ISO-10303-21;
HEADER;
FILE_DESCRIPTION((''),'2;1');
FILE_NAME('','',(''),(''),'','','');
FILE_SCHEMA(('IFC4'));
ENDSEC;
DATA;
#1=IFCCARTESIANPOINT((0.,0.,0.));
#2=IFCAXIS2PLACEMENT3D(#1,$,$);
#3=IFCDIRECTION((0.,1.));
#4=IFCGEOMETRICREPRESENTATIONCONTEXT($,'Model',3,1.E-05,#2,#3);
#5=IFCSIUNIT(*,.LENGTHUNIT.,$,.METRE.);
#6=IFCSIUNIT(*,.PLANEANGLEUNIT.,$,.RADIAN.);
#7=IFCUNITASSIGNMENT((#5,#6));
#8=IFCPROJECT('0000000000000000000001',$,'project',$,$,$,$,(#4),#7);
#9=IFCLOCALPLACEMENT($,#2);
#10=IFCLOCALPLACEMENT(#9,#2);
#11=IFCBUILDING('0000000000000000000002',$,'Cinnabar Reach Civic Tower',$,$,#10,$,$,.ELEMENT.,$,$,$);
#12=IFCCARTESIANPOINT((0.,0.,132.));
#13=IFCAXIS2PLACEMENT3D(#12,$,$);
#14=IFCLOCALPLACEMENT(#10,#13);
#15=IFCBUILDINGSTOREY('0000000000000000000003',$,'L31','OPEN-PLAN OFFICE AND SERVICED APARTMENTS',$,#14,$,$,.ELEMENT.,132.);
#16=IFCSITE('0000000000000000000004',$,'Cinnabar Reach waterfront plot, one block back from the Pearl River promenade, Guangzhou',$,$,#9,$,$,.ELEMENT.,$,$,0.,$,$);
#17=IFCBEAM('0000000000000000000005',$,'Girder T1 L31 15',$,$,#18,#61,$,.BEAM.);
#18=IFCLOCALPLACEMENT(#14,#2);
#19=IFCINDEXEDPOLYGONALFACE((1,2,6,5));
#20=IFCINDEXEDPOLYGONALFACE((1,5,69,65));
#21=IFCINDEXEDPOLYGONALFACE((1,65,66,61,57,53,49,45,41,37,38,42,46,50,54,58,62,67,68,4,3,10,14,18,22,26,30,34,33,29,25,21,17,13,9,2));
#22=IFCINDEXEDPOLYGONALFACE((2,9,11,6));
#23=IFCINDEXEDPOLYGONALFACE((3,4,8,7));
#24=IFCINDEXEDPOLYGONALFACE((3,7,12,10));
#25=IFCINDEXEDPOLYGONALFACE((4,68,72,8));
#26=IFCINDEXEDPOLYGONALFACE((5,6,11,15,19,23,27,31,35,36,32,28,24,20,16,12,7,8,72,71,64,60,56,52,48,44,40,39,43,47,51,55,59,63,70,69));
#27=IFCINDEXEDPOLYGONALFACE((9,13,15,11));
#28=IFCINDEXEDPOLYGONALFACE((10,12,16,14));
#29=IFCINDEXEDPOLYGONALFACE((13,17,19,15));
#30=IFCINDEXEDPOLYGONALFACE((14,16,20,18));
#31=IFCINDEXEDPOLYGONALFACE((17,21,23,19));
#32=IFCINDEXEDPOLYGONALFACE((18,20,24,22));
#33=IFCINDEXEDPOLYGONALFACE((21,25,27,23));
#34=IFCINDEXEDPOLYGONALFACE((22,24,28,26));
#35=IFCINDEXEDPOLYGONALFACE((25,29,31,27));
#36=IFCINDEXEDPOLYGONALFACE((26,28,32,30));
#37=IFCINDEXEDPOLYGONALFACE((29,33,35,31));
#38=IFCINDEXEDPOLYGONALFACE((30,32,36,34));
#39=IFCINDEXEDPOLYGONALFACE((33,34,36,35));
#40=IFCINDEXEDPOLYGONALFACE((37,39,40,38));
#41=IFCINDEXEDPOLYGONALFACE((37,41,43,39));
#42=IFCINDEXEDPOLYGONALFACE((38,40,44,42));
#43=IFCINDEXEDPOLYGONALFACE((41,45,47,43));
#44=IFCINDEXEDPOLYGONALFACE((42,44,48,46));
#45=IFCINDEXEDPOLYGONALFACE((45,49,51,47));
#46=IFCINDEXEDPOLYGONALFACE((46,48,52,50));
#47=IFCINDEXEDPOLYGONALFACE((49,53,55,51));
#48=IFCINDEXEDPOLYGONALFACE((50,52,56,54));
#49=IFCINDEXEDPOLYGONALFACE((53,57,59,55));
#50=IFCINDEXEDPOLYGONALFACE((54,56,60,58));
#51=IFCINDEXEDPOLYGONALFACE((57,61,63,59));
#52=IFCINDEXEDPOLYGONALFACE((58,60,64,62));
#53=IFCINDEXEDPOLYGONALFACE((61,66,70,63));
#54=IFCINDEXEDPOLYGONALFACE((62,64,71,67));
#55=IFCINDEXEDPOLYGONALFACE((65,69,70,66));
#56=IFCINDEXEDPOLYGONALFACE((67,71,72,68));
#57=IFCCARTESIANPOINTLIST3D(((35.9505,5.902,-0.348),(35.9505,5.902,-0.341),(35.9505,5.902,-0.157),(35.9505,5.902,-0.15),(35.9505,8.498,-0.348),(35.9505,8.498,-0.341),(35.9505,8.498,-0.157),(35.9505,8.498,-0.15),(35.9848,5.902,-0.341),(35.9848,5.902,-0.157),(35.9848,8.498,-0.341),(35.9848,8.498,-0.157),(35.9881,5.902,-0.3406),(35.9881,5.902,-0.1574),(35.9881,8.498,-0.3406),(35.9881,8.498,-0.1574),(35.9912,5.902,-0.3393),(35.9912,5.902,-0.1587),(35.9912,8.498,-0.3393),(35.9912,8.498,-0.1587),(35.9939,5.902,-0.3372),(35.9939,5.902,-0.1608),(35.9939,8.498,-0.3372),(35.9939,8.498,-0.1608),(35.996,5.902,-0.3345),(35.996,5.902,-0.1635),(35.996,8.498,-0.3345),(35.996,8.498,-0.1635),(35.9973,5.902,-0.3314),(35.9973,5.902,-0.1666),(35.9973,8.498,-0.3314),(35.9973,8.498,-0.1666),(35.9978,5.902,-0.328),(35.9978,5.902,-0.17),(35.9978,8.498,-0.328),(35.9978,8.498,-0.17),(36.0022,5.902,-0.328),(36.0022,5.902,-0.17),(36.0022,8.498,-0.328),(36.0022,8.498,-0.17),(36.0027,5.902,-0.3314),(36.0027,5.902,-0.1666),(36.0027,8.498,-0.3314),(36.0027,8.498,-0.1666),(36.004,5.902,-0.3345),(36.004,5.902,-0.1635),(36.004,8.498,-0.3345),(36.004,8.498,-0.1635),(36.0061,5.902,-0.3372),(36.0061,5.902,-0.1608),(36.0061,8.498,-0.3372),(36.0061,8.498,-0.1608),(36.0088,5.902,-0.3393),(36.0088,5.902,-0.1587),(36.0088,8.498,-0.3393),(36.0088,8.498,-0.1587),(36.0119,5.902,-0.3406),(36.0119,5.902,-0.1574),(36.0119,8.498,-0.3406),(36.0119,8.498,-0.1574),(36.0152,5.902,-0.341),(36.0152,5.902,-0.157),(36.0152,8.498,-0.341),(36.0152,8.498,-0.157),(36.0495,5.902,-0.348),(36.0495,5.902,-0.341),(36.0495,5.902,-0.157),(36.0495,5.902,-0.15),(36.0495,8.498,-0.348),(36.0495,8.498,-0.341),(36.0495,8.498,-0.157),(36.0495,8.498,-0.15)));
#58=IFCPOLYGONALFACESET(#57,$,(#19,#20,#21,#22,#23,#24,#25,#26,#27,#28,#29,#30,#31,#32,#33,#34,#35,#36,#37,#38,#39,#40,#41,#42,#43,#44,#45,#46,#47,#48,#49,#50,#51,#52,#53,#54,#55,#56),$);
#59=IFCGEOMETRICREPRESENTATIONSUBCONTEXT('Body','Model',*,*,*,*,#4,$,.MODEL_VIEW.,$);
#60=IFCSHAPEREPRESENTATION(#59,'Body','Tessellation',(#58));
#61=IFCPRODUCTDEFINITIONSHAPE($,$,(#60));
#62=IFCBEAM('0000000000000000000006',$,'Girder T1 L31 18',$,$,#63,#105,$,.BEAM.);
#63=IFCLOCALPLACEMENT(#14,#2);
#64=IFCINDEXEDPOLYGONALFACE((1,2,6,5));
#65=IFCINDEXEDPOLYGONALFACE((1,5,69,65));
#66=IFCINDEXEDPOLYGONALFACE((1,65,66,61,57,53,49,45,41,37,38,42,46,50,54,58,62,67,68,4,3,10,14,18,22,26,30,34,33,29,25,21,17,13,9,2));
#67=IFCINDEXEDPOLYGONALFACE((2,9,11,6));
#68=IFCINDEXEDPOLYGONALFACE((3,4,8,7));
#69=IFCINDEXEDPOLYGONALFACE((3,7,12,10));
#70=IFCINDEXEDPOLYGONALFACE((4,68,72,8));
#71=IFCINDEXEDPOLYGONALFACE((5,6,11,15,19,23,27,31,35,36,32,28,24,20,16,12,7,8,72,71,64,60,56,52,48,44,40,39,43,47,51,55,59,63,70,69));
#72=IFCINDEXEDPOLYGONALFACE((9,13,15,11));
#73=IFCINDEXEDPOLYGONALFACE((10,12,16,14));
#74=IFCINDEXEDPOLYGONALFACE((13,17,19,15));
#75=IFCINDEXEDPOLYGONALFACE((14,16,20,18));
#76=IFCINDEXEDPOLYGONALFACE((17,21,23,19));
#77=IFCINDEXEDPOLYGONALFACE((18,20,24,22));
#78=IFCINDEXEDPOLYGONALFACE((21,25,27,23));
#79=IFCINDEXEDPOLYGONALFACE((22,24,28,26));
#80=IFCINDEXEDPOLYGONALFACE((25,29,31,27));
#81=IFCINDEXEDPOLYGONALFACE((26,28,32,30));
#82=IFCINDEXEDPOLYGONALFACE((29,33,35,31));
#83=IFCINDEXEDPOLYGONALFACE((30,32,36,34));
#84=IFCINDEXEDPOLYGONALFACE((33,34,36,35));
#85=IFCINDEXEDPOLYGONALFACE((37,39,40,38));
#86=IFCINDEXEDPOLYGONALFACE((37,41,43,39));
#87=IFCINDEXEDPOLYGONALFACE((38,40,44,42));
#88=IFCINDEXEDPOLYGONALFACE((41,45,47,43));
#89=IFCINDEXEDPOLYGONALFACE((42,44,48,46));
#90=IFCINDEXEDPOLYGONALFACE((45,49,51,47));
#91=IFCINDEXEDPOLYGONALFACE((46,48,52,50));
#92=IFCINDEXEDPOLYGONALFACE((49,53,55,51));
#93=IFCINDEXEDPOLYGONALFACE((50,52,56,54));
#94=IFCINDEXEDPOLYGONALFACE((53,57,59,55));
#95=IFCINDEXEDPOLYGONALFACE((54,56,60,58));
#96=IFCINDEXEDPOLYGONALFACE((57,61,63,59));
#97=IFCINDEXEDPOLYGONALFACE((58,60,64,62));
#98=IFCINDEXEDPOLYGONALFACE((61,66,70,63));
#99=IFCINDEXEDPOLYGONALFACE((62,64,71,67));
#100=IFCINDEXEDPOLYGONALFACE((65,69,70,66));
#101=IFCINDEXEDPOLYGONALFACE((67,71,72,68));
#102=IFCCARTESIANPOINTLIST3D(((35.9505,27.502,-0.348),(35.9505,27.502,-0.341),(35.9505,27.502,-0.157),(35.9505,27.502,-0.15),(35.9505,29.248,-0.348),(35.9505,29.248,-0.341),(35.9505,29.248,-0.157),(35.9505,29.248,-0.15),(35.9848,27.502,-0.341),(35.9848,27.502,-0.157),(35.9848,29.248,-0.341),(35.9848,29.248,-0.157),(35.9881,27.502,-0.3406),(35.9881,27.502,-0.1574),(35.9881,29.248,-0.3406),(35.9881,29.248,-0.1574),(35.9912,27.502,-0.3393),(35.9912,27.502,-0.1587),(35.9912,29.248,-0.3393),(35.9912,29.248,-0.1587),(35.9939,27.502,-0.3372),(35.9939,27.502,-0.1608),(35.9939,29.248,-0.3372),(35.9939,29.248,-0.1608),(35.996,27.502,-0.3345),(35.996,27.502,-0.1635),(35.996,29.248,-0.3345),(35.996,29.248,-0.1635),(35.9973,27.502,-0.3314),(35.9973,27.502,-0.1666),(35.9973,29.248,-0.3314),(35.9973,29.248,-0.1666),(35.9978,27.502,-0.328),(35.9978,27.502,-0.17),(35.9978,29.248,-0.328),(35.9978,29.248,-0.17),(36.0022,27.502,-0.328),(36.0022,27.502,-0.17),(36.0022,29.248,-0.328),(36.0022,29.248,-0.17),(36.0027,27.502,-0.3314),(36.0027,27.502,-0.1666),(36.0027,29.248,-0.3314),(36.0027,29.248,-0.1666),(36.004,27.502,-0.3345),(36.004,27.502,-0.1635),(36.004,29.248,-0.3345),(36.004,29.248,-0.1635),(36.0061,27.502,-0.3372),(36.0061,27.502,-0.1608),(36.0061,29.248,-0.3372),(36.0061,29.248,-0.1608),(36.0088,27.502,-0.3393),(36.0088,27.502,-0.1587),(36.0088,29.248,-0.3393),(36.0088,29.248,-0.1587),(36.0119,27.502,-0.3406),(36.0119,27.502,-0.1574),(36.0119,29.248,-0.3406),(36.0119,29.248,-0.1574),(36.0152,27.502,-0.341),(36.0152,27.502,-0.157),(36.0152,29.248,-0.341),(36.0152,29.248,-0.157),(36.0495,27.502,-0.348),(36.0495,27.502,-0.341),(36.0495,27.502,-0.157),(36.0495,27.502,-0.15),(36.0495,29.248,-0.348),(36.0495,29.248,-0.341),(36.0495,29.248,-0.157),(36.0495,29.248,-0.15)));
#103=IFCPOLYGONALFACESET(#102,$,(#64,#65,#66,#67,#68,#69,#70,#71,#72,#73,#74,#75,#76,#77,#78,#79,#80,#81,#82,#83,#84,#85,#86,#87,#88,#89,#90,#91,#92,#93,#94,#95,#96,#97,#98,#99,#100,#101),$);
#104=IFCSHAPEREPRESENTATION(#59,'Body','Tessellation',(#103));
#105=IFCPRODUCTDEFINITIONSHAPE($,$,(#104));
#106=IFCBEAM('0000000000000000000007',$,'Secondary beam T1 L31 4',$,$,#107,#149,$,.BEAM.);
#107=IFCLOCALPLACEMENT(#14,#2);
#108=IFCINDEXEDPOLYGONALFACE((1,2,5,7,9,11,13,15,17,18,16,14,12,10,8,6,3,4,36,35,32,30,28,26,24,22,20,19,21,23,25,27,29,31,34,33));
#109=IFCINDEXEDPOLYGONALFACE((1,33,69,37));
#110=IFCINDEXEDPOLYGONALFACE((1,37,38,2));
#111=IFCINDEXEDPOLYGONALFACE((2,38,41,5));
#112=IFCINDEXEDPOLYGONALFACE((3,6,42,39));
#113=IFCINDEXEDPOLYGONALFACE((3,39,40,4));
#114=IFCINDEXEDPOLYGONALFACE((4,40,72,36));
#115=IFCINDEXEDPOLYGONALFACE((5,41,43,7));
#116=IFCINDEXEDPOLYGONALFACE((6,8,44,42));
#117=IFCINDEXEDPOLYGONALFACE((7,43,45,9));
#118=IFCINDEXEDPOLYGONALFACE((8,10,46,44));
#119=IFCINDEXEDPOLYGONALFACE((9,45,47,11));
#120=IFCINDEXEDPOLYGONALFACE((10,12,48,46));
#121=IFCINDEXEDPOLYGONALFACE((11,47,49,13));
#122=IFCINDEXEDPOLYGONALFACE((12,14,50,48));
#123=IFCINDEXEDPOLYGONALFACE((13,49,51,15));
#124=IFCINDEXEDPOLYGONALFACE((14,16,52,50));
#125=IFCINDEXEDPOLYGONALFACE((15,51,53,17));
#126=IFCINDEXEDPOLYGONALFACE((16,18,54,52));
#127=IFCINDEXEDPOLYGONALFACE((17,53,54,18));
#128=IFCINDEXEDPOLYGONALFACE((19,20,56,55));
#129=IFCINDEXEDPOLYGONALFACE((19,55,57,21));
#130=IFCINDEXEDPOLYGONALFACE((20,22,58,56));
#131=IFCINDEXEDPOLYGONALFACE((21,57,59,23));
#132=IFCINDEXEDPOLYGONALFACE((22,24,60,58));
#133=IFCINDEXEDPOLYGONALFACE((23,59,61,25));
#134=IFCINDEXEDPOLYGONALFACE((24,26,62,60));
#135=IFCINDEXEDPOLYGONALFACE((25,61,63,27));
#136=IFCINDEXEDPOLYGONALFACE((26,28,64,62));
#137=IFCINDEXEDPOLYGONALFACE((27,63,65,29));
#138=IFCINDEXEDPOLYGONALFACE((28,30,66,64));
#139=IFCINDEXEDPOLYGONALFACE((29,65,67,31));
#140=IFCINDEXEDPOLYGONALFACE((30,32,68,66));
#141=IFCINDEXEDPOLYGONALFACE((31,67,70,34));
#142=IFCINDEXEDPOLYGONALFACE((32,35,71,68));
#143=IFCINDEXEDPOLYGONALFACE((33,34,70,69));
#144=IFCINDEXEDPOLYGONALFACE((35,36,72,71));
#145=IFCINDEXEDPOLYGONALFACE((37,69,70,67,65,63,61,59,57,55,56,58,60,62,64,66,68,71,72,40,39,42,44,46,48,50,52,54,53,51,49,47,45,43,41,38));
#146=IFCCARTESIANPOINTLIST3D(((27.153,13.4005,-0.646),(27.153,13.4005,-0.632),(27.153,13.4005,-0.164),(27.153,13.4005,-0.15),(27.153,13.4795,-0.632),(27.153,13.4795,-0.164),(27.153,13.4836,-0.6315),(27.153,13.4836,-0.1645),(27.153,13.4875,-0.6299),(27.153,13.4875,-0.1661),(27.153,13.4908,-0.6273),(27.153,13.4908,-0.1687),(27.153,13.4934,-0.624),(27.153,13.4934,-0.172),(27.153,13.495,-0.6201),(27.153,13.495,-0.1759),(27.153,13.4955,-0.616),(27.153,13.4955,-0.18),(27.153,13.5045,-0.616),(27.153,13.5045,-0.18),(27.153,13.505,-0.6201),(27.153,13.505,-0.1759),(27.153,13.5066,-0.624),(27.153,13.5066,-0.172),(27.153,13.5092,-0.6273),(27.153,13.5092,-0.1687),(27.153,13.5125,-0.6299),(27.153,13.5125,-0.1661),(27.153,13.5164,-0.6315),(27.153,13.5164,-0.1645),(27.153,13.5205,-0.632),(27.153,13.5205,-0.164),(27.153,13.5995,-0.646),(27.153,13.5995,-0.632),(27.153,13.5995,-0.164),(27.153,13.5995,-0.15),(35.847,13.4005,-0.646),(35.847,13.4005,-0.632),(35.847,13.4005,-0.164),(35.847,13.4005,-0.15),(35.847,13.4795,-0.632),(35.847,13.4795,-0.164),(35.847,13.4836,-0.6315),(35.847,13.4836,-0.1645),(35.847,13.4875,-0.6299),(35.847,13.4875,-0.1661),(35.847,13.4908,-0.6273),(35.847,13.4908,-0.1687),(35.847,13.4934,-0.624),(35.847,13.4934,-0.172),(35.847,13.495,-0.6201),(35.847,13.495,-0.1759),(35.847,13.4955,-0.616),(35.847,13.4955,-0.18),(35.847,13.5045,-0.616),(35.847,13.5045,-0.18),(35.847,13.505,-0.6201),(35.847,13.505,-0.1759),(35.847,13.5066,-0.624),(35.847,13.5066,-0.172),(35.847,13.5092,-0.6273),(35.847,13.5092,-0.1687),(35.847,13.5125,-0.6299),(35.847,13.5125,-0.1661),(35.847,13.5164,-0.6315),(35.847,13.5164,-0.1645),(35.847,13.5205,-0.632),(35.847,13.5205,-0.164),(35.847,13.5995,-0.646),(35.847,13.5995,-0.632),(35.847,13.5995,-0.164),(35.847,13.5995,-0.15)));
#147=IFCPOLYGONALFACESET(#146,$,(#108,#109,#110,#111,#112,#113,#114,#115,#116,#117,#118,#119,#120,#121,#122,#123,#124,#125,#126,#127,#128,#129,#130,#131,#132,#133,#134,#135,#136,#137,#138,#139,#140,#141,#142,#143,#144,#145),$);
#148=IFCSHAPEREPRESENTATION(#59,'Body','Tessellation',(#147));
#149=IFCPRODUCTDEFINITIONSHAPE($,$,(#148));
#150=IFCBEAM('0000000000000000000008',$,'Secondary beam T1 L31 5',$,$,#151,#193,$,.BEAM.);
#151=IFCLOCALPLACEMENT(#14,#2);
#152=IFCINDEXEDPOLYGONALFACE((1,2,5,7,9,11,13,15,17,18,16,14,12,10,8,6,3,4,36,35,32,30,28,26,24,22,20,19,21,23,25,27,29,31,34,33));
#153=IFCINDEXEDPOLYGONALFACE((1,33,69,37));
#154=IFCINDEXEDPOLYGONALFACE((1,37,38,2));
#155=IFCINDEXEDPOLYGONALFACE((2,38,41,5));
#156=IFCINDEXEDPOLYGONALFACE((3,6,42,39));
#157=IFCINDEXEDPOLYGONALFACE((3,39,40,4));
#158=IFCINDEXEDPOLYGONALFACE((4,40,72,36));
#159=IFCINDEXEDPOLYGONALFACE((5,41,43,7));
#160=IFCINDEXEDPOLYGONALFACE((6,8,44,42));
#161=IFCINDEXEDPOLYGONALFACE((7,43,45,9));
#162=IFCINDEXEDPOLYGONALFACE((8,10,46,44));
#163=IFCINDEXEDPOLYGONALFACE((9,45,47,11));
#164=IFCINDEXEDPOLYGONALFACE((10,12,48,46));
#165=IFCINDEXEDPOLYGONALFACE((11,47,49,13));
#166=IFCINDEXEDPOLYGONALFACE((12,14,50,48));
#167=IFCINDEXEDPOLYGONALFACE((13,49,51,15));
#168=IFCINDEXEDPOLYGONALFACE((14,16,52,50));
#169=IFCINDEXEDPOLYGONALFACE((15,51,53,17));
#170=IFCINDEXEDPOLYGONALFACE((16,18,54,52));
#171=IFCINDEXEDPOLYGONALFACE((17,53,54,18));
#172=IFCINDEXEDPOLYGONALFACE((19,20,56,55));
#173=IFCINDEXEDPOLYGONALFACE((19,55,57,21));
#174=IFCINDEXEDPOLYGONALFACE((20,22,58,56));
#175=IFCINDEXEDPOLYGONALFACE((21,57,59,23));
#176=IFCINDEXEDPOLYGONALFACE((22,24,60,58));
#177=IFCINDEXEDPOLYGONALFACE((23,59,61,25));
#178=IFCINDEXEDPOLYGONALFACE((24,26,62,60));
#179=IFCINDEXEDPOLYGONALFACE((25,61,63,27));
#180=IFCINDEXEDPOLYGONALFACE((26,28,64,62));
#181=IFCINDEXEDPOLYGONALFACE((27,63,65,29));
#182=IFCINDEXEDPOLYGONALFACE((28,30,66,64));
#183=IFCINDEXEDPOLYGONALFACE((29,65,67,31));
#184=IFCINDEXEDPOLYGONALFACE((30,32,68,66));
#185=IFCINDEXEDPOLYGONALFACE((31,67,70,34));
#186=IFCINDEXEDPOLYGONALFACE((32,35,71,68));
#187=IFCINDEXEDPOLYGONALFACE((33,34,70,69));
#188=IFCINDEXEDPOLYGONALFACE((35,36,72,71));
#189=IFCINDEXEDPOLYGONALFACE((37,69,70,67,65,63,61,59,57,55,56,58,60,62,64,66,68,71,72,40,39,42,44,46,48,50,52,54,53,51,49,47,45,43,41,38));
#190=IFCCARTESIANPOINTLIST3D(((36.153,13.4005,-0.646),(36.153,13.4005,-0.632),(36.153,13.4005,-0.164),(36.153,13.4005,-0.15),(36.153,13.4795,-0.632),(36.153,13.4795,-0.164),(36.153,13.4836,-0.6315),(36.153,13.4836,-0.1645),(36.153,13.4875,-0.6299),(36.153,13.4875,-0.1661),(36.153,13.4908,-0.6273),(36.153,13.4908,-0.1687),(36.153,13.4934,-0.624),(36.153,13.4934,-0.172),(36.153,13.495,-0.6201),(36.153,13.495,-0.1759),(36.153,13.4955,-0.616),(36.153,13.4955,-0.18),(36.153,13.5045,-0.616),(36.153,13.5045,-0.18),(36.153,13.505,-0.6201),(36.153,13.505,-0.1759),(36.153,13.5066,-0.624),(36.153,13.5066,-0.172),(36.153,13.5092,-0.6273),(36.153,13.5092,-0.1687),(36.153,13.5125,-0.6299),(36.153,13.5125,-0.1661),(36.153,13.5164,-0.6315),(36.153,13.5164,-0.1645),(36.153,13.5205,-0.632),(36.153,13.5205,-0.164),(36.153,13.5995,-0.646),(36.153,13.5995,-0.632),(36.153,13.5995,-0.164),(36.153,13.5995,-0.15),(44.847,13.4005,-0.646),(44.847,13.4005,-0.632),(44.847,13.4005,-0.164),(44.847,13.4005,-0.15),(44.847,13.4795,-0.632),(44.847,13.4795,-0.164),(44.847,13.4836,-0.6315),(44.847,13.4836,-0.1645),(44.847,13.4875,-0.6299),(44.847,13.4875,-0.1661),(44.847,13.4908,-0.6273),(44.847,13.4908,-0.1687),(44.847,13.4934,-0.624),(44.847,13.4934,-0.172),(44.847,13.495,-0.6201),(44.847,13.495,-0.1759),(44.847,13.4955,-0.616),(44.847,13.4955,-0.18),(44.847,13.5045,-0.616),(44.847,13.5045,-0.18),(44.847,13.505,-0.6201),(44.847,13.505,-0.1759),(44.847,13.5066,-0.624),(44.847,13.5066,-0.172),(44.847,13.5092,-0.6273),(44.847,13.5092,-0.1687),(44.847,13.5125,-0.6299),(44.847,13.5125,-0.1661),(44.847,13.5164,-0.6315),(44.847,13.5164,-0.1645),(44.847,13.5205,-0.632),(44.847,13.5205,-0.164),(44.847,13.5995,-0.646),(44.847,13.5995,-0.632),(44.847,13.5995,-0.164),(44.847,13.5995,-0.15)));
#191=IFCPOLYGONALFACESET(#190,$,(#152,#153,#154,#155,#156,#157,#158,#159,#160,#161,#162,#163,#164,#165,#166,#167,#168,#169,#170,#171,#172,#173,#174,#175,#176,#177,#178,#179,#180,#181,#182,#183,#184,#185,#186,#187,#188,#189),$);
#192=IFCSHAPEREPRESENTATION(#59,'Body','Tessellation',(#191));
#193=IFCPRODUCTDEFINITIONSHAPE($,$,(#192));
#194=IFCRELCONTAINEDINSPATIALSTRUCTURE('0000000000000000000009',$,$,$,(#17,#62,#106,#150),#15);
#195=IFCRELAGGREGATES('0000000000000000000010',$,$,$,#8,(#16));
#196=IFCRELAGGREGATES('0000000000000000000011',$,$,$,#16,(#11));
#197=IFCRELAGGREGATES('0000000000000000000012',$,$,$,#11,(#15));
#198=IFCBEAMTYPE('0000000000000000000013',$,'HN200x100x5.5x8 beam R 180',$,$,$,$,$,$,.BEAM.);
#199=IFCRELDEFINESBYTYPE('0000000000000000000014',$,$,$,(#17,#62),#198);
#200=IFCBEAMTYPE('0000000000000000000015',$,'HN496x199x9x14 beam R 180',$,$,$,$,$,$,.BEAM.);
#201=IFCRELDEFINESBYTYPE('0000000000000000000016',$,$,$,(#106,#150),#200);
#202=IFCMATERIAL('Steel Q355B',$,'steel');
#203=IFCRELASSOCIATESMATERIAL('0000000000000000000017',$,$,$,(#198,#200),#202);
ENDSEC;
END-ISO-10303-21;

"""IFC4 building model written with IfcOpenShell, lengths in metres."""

from ifc_helpers import new_model, si_unit, direction, frame, origin, origin_2d, place, context, subcontext, project, spatial, i_section, extrude, material, material_profile, profile_set, type_object, element, save


model = new_model("IFC4")

# Units and contexts
model_context = context("Model", 3, precision=1e-05, world=origin(), true_north=direction((0.0, 1.0)))
body_context = subcontext(model_context, "Body", "Model", "MODEL_VIEW")
ifc_project = project(units=[si_unit("LENGTHUNIT", "METRE"), si_unit("PLANEANGLEUNIT", "RADIAN")], contexts=[model_context])

# Site, building, storey
site_placement = place(None, origin())
site = spatial("IfcSite", under=ifc_project, at=site_placement, Name="Cinnabar Reach waterfront plot, one block back from the Pearl River promenade, Guangzhou", CompositionType="ELEMENT", RefElevation=0.0)
building_placement = place(site_placement, origin())
building = spatial("IfcBuilding", under=site, at=building_placement, Name="Cinnabar Reach Civic Tower", CompositionType="ELEMENT")
storey_placement = place(building_placement, frame((0.0, 0.0, 132.0)))
storey = spatial("IfcBuildingStorey", under=building, at=storey_placement, Name="L31", Description="OPEN-PLAN OFFICE AND SERVICED APARTMENTS", CompositionType="ELEMENT", Elevation=132.0)

# Beams
ifc_material_1 = material(Name="Steel Q355B", Category="steel")
ifc_material_profile_1 = material_profile(ifc_material_1, i_section(OverallWidth=0.099, OverallDepth=0.198, WebThickness=0.0045, FlangeThickness=0.007, FilletRadius=0.013, at=origin_2d()), Name="HN200x100x5.5x8")
ifc_profile_set_1 = profile_set([ifc_material_profile_1], Name="Steel Q355B")
beam_type_1 = type_object("IfcBeamType", Name="HN200x100x5.5x8 beam R 180", PredefinedType="BEAM", material=ifc_profile_set_1)
for number, where, z_axis, x_axis, name in (
    (1, (36.0, 5.902, -0.249), (0.0, 1.0, 0.0), (-1.0, 0.0, 0.0), "Girder T1 L31 15"),
):
    element("IfcBeam", number, at=place(storey_placement, frame(where, z_axis=z_axis, x_axis=x_axis)), inside=storey, type_object=beam_type_1, Name=name, PredefinedType="BEAM", context=body_context, shape_type="SweptSolid", body=[
        extrude(i_section(OverallWidth=0.099, OverallDepth=0.198, WebThickness=0.0045, FlangeThickness=0.007, FilletRadius=0.013, at=origin_2d()), origin(), (0.0, 0.0, 1.0), 2.596),
    ])
beam_1_placement = place(storey_placement, frame((36.0, 27.502, -0.249), z_axis=(0.0, 1.0, 0.0), x_axis=(-1.0, 0.0, 0.0)))
element("IfcBeam", 2, at=beam_1_placement, inside=storey, type_object=beam_type_1, Name="Girder T1 L31 18", PredefinedType="BEAM", context=body_context, shape_type="SweptSolid", body=[
    extrude(i_section(OverallWidth=0.099, OverallDepth=0.198, WebThickness=0.0045, FlangeThickness=0.007, FilletRadius=0.013, at=origin_2d()), origin(), (0.0, 0.0, 1.0), 1.746),
])
ifc_material_profile_2 = material_profile(ifc_material_1, i_section(OverallWidth=0.199, OverallDepth=0.496, WebThickness=0.009, FlangeThickness=0.014, FilletRadius=0.016, at=origin_2d()), Name="HN496x199x9x14")
ifc_profile_set_2 = profile_set([ifc_material_profile_2], Name="Steel Q355B")
beam_type_2 = type_object("IfcBeamType", Name="HN496x199x9x14 beam R 180", PredefinedType="BEAM", material=ifc_profile_set_2)
for number, where, z_axis, x_axis, name in (
    (3, (27.153, 13.5, -0.398), (1.0, 0.0, 0.0), (0.0, 1.0, 0.0), "Secondary beam T1 L31 4"),
    (4, (36.153, 13.5, -0.398), (1.0, 0.0, 0.0), (0.0, 1.0, 0.0), "Secondary beam T1 L31 5"),
):
    element("IfcBeam", number, at=place(storey_placement, frame(where, z_axis=z_axis, x_axis=x_axis)), inside=storey, type_object=beam_type_2, Name=name, PredefinedType="BEAM", context=body_context, shape_type="SweptSolid", body=[
        extrude(i_section(OverallWidth=0.199, OverallDepth=0.496, WebThickness=0.009, FlangeThickness=0.014, FilletRadius=0.016, at=origin_2d()), origin(), (0.0, 0.0, 1.0), 8.694),
    ])

save(model, "model.ifc")
